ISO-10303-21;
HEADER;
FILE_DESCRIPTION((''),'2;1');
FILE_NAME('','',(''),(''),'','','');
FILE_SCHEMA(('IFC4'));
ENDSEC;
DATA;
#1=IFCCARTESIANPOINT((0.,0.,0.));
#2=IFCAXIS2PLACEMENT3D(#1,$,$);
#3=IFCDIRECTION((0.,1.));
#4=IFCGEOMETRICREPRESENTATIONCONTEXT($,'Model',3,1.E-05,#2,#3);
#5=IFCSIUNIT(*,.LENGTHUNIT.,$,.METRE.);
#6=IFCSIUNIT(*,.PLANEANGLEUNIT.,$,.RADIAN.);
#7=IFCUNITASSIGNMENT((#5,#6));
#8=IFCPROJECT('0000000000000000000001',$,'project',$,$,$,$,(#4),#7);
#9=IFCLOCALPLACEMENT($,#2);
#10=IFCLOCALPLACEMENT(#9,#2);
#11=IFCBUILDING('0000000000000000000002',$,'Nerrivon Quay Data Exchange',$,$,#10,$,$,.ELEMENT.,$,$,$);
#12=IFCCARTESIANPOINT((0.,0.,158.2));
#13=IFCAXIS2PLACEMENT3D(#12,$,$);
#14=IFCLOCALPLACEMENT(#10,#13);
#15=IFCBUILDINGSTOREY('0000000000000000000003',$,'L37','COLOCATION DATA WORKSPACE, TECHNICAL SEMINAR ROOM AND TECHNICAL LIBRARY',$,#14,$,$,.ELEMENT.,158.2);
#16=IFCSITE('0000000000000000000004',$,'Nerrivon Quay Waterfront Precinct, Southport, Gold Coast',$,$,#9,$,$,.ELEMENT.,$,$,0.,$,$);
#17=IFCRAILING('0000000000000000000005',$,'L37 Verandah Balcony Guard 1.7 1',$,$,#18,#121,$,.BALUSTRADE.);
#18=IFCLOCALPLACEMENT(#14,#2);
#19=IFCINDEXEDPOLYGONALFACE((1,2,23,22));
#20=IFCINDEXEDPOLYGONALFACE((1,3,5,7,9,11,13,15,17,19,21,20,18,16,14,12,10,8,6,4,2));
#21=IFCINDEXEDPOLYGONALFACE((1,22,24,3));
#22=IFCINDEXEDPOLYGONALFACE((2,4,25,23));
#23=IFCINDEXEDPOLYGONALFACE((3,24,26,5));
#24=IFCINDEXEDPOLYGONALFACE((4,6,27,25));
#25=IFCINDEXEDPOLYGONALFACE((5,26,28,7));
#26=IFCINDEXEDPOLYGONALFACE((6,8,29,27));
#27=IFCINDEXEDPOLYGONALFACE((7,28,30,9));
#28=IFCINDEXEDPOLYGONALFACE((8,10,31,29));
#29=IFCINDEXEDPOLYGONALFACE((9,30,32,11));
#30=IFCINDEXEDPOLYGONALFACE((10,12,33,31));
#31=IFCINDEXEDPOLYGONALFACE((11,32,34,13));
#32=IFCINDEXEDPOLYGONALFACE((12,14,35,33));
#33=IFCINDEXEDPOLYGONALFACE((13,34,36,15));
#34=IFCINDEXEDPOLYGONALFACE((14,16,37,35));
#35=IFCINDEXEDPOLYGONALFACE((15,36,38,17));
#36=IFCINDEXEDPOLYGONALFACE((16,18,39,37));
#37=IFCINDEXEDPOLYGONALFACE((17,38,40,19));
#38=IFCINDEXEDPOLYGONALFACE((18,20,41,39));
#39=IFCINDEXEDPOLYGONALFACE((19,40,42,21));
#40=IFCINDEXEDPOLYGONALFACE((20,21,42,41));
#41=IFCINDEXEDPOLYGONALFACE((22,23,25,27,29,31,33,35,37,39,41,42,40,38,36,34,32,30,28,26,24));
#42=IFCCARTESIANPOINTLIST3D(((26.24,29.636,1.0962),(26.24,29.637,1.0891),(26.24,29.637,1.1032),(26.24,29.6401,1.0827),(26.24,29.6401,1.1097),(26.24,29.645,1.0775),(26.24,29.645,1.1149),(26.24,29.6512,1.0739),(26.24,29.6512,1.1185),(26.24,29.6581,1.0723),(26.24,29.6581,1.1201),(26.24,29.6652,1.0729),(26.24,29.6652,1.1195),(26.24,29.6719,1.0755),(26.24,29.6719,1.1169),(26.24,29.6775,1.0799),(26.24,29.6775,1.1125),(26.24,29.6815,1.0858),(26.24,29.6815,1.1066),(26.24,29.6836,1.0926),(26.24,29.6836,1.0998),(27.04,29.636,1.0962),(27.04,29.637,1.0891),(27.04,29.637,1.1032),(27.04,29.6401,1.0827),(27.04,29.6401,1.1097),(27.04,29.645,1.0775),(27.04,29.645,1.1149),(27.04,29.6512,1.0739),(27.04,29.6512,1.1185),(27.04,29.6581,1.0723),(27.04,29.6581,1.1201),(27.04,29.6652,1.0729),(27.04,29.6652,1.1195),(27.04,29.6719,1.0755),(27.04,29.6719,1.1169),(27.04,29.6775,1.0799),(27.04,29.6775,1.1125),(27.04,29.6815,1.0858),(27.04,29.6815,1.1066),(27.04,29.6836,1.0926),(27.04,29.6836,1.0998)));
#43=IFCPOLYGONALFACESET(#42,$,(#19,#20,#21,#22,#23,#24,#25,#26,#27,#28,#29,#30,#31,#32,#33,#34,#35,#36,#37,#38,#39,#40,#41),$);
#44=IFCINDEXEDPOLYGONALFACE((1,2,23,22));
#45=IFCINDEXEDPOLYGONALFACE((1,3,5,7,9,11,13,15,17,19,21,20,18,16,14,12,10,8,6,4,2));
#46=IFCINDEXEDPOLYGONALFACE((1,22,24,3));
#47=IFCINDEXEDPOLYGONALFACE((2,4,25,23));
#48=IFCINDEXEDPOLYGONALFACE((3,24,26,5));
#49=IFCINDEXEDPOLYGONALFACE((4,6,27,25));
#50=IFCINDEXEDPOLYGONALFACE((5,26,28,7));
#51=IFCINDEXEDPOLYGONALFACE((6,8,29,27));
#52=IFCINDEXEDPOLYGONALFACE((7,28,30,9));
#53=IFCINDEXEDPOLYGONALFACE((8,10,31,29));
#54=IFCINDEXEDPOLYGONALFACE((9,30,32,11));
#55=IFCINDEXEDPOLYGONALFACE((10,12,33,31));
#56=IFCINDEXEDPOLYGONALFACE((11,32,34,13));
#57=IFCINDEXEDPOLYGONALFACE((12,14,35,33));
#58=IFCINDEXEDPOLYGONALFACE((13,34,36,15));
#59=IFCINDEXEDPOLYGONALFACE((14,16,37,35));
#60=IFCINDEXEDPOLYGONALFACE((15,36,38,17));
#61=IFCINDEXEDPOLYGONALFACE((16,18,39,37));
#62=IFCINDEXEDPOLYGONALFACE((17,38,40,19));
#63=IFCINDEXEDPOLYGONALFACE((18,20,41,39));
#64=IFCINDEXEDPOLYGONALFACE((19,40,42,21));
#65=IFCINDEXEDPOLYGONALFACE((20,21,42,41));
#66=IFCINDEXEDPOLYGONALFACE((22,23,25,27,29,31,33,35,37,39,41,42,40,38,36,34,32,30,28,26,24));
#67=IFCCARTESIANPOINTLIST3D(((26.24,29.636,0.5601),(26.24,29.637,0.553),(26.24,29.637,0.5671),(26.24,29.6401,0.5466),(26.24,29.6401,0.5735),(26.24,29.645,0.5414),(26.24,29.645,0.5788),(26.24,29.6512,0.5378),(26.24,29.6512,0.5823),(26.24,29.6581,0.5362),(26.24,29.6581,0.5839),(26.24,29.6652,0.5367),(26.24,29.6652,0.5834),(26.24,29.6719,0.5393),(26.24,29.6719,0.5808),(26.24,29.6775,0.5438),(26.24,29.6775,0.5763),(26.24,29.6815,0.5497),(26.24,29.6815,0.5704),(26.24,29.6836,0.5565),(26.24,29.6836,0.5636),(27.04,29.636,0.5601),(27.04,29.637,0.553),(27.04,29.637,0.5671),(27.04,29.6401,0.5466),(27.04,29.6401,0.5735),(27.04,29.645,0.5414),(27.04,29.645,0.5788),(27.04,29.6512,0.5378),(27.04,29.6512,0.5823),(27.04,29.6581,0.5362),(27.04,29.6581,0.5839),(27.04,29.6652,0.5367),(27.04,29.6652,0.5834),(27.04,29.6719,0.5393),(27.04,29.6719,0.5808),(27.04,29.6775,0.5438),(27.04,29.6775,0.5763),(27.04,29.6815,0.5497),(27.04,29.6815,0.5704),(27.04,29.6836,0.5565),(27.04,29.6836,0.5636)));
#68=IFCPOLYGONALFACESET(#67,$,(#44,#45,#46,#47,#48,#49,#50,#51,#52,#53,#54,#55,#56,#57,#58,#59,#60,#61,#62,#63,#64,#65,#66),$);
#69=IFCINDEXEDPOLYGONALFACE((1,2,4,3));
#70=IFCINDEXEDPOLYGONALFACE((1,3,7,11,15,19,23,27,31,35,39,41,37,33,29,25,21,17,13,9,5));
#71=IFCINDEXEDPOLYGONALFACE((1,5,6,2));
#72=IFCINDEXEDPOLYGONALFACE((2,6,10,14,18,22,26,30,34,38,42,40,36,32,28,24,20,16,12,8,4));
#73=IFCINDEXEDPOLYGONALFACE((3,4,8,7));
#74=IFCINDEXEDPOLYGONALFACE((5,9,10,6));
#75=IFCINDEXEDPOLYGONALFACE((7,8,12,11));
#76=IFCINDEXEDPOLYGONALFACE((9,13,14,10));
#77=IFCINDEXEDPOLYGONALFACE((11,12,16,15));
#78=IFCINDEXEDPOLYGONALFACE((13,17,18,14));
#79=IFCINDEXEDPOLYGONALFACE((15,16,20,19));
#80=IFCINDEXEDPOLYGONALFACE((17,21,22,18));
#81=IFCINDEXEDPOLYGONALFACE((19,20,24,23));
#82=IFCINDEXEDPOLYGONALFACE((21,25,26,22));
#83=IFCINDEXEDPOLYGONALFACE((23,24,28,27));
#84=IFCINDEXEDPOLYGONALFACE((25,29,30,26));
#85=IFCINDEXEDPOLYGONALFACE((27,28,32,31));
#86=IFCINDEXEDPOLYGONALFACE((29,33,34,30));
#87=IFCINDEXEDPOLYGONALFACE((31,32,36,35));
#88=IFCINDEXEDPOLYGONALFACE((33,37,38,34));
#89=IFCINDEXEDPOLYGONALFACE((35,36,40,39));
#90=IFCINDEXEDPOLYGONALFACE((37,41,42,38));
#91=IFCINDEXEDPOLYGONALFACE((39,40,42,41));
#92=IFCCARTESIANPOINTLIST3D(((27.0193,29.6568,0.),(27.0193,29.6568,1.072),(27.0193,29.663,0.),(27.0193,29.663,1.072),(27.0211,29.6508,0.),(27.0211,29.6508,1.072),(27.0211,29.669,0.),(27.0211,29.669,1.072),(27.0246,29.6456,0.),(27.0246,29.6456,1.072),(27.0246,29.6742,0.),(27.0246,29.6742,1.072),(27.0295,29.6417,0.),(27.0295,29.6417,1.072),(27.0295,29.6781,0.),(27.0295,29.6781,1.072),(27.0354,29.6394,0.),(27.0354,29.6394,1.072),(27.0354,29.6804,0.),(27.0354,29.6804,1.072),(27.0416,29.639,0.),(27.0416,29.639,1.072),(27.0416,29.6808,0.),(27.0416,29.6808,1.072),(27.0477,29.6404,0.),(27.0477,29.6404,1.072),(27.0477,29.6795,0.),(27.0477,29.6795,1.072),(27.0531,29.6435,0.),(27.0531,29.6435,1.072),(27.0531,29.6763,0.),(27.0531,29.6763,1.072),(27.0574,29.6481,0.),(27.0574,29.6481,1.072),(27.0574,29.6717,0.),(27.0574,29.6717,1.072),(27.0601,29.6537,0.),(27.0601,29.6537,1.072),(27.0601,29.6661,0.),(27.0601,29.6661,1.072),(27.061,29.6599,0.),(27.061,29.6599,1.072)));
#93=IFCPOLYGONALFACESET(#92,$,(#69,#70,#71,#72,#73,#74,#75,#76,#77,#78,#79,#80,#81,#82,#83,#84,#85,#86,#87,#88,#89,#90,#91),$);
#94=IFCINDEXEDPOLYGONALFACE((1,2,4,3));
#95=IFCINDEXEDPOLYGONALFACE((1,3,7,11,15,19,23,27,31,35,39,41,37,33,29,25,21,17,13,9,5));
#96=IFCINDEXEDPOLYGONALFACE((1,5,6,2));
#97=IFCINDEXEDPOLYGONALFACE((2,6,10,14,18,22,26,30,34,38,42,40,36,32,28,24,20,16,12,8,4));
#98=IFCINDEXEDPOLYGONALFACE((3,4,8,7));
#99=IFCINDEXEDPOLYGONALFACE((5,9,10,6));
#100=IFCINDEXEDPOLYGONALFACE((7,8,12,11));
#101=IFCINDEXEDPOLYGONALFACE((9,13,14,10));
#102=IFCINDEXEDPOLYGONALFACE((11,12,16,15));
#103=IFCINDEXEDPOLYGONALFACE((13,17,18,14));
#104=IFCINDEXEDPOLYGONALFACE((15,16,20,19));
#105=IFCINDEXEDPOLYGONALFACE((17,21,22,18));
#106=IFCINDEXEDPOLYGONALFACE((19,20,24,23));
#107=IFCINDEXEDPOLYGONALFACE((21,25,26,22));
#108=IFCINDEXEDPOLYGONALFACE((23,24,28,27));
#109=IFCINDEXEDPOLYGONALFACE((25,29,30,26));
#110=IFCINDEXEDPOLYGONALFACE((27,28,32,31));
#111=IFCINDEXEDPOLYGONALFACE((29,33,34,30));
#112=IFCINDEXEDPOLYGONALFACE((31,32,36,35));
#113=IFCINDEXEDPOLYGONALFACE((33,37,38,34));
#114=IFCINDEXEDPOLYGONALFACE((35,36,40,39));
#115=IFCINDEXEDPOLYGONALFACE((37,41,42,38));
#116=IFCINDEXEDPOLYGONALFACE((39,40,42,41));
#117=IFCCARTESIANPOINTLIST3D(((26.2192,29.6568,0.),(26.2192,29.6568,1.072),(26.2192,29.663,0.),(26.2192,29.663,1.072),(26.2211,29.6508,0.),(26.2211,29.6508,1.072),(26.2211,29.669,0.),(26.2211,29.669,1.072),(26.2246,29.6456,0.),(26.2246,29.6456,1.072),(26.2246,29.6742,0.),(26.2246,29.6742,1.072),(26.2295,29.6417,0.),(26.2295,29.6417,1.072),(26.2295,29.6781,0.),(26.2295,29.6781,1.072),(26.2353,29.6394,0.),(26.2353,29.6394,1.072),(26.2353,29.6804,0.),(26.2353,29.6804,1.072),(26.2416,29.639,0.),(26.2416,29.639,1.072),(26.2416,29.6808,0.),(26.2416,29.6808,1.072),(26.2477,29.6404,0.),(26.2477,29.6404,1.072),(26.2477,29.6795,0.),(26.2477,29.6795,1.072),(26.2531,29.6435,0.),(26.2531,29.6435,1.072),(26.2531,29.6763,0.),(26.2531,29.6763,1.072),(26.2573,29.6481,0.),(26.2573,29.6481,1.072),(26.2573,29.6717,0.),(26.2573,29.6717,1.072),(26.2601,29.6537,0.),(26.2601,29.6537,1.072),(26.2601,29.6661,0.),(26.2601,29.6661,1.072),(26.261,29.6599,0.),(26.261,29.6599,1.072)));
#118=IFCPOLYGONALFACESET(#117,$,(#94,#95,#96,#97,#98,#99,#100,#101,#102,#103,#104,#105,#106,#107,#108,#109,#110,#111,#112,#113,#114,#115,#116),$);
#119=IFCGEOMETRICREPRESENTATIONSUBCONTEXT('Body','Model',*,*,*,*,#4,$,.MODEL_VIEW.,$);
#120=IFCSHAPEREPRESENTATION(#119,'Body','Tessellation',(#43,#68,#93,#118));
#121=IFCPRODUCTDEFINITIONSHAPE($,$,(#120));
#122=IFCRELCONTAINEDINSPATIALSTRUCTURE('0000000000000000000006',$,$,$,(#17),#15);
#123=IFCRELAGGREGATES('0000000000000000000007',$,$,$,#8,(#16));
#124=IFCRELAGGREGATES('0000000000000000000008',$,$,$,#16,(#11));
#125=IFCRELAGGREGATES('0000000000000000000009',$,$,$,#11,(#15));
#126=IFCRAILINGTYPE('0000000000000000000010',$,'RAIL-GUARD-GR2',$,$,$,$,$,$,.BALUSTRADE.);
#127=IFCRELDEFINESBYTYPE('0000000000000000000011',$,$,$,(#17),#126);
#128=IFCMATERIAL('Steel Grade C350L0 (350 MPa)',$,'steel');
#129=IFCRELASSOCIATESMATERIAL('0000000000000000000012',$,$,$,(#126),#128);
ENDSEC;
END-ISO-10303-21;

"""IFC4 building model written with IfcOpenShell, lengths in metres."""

from ifc_helpers import new_model, si_unit, direction, frame, origin, origin_2d, place, context, subcontext, project, spatial, circle, extrude, material, type_object, element, save


model = new_model("IFC4")

# Units and contexts
model_context = context("Model", 3, precision=1e-05, world=origin(), true_north=direction((0.0, 1.0)))
body_context = subcontext(model_context, "Body", "Model", "MODEL_VIEW")
ifc_project = project(units=[si_unit("LENGTHUNIT", "METRE"), si_unit("PLANEANGLEUNIT", "RADIAN")], contexts=[model_context])

# Site, building, storey
site_placement = place(None, origin())
site = spatial("IfcSite", under=ifc_project, at=site_placement, Name="Nerrivon Quay Waterfront Precinct, Southport, Gold Coast", CompositionType="ELEMENT", RefElevation=0.0)
building_placement = place(site_placement, origin())
building = spatial("IfcBuilding", under=site, at=building_placement, Name="Nerrivon Quay Data Exchange", CompositionType="ELEMENT")
storey_placement = place(building_placement, frame((0.0, 0.0, 158.2)))
storey = spatial("IfcBuildingStorey", under=building, at=storey_placement, Name="L37", Description="COLOCATION DATA WORKSPACE, TECHNICAL SEMINAR ROOM AND TECHNICAL LIBRARY", CompositionType="ELEMENT", Elevation=158.2)

# Railing
ifc_material_1 = material(Name="Steel Grade C350L0 (350 MPa)", Category="steel")
railing_type = type_object("IfcRailingType", Name="RAIL-GUARD-GR2", PredefinedType="BALUSTRADE", material=ifc_material_1)
railing_1_placement = place(storey_placement, frame((27.04, 29.6599, 0.0)))
element("IfcRailing", 1, at=railing_1_placement, inside=storey, type_object=railing_type, Name="L37 Verandah Balcony Guard 1.7 1", PredefinedType="BALUSTRADE", context=body_context, shape_type="SweptSolid", body=[
    extrude(circle(Radius=0.0239, at=origin_2d()), frame((0.0, 0.0, 1.0962), z_axis=(-1.0, 0.0, 0.0), x_axis=(0.0, -1.0, 0.0)), (0.0, 0.0, 1.0), 0.8),
    extrude(circle(Radius=0.0239, at=origin_2d()), frame((0.0, 0.0, 0.5601), z_axis=(-1.0, 0.0, 0.0), x_axis=(0.0, -1.0, 0.0)), (0.0, 0.0, 1.0), 0.8),
    extrude(circle(Radius=0.021, at=origin_2d()), origin(), (0.0, 0.0, 1.0), 1.072),
    extrude(circle(Radius=0.021, at=origin_2d()), frame((-0.8, 0.0, 0.0)), (0.0, 0.0, 1.0), 1.072),
])

save(model, "model.ifc")
